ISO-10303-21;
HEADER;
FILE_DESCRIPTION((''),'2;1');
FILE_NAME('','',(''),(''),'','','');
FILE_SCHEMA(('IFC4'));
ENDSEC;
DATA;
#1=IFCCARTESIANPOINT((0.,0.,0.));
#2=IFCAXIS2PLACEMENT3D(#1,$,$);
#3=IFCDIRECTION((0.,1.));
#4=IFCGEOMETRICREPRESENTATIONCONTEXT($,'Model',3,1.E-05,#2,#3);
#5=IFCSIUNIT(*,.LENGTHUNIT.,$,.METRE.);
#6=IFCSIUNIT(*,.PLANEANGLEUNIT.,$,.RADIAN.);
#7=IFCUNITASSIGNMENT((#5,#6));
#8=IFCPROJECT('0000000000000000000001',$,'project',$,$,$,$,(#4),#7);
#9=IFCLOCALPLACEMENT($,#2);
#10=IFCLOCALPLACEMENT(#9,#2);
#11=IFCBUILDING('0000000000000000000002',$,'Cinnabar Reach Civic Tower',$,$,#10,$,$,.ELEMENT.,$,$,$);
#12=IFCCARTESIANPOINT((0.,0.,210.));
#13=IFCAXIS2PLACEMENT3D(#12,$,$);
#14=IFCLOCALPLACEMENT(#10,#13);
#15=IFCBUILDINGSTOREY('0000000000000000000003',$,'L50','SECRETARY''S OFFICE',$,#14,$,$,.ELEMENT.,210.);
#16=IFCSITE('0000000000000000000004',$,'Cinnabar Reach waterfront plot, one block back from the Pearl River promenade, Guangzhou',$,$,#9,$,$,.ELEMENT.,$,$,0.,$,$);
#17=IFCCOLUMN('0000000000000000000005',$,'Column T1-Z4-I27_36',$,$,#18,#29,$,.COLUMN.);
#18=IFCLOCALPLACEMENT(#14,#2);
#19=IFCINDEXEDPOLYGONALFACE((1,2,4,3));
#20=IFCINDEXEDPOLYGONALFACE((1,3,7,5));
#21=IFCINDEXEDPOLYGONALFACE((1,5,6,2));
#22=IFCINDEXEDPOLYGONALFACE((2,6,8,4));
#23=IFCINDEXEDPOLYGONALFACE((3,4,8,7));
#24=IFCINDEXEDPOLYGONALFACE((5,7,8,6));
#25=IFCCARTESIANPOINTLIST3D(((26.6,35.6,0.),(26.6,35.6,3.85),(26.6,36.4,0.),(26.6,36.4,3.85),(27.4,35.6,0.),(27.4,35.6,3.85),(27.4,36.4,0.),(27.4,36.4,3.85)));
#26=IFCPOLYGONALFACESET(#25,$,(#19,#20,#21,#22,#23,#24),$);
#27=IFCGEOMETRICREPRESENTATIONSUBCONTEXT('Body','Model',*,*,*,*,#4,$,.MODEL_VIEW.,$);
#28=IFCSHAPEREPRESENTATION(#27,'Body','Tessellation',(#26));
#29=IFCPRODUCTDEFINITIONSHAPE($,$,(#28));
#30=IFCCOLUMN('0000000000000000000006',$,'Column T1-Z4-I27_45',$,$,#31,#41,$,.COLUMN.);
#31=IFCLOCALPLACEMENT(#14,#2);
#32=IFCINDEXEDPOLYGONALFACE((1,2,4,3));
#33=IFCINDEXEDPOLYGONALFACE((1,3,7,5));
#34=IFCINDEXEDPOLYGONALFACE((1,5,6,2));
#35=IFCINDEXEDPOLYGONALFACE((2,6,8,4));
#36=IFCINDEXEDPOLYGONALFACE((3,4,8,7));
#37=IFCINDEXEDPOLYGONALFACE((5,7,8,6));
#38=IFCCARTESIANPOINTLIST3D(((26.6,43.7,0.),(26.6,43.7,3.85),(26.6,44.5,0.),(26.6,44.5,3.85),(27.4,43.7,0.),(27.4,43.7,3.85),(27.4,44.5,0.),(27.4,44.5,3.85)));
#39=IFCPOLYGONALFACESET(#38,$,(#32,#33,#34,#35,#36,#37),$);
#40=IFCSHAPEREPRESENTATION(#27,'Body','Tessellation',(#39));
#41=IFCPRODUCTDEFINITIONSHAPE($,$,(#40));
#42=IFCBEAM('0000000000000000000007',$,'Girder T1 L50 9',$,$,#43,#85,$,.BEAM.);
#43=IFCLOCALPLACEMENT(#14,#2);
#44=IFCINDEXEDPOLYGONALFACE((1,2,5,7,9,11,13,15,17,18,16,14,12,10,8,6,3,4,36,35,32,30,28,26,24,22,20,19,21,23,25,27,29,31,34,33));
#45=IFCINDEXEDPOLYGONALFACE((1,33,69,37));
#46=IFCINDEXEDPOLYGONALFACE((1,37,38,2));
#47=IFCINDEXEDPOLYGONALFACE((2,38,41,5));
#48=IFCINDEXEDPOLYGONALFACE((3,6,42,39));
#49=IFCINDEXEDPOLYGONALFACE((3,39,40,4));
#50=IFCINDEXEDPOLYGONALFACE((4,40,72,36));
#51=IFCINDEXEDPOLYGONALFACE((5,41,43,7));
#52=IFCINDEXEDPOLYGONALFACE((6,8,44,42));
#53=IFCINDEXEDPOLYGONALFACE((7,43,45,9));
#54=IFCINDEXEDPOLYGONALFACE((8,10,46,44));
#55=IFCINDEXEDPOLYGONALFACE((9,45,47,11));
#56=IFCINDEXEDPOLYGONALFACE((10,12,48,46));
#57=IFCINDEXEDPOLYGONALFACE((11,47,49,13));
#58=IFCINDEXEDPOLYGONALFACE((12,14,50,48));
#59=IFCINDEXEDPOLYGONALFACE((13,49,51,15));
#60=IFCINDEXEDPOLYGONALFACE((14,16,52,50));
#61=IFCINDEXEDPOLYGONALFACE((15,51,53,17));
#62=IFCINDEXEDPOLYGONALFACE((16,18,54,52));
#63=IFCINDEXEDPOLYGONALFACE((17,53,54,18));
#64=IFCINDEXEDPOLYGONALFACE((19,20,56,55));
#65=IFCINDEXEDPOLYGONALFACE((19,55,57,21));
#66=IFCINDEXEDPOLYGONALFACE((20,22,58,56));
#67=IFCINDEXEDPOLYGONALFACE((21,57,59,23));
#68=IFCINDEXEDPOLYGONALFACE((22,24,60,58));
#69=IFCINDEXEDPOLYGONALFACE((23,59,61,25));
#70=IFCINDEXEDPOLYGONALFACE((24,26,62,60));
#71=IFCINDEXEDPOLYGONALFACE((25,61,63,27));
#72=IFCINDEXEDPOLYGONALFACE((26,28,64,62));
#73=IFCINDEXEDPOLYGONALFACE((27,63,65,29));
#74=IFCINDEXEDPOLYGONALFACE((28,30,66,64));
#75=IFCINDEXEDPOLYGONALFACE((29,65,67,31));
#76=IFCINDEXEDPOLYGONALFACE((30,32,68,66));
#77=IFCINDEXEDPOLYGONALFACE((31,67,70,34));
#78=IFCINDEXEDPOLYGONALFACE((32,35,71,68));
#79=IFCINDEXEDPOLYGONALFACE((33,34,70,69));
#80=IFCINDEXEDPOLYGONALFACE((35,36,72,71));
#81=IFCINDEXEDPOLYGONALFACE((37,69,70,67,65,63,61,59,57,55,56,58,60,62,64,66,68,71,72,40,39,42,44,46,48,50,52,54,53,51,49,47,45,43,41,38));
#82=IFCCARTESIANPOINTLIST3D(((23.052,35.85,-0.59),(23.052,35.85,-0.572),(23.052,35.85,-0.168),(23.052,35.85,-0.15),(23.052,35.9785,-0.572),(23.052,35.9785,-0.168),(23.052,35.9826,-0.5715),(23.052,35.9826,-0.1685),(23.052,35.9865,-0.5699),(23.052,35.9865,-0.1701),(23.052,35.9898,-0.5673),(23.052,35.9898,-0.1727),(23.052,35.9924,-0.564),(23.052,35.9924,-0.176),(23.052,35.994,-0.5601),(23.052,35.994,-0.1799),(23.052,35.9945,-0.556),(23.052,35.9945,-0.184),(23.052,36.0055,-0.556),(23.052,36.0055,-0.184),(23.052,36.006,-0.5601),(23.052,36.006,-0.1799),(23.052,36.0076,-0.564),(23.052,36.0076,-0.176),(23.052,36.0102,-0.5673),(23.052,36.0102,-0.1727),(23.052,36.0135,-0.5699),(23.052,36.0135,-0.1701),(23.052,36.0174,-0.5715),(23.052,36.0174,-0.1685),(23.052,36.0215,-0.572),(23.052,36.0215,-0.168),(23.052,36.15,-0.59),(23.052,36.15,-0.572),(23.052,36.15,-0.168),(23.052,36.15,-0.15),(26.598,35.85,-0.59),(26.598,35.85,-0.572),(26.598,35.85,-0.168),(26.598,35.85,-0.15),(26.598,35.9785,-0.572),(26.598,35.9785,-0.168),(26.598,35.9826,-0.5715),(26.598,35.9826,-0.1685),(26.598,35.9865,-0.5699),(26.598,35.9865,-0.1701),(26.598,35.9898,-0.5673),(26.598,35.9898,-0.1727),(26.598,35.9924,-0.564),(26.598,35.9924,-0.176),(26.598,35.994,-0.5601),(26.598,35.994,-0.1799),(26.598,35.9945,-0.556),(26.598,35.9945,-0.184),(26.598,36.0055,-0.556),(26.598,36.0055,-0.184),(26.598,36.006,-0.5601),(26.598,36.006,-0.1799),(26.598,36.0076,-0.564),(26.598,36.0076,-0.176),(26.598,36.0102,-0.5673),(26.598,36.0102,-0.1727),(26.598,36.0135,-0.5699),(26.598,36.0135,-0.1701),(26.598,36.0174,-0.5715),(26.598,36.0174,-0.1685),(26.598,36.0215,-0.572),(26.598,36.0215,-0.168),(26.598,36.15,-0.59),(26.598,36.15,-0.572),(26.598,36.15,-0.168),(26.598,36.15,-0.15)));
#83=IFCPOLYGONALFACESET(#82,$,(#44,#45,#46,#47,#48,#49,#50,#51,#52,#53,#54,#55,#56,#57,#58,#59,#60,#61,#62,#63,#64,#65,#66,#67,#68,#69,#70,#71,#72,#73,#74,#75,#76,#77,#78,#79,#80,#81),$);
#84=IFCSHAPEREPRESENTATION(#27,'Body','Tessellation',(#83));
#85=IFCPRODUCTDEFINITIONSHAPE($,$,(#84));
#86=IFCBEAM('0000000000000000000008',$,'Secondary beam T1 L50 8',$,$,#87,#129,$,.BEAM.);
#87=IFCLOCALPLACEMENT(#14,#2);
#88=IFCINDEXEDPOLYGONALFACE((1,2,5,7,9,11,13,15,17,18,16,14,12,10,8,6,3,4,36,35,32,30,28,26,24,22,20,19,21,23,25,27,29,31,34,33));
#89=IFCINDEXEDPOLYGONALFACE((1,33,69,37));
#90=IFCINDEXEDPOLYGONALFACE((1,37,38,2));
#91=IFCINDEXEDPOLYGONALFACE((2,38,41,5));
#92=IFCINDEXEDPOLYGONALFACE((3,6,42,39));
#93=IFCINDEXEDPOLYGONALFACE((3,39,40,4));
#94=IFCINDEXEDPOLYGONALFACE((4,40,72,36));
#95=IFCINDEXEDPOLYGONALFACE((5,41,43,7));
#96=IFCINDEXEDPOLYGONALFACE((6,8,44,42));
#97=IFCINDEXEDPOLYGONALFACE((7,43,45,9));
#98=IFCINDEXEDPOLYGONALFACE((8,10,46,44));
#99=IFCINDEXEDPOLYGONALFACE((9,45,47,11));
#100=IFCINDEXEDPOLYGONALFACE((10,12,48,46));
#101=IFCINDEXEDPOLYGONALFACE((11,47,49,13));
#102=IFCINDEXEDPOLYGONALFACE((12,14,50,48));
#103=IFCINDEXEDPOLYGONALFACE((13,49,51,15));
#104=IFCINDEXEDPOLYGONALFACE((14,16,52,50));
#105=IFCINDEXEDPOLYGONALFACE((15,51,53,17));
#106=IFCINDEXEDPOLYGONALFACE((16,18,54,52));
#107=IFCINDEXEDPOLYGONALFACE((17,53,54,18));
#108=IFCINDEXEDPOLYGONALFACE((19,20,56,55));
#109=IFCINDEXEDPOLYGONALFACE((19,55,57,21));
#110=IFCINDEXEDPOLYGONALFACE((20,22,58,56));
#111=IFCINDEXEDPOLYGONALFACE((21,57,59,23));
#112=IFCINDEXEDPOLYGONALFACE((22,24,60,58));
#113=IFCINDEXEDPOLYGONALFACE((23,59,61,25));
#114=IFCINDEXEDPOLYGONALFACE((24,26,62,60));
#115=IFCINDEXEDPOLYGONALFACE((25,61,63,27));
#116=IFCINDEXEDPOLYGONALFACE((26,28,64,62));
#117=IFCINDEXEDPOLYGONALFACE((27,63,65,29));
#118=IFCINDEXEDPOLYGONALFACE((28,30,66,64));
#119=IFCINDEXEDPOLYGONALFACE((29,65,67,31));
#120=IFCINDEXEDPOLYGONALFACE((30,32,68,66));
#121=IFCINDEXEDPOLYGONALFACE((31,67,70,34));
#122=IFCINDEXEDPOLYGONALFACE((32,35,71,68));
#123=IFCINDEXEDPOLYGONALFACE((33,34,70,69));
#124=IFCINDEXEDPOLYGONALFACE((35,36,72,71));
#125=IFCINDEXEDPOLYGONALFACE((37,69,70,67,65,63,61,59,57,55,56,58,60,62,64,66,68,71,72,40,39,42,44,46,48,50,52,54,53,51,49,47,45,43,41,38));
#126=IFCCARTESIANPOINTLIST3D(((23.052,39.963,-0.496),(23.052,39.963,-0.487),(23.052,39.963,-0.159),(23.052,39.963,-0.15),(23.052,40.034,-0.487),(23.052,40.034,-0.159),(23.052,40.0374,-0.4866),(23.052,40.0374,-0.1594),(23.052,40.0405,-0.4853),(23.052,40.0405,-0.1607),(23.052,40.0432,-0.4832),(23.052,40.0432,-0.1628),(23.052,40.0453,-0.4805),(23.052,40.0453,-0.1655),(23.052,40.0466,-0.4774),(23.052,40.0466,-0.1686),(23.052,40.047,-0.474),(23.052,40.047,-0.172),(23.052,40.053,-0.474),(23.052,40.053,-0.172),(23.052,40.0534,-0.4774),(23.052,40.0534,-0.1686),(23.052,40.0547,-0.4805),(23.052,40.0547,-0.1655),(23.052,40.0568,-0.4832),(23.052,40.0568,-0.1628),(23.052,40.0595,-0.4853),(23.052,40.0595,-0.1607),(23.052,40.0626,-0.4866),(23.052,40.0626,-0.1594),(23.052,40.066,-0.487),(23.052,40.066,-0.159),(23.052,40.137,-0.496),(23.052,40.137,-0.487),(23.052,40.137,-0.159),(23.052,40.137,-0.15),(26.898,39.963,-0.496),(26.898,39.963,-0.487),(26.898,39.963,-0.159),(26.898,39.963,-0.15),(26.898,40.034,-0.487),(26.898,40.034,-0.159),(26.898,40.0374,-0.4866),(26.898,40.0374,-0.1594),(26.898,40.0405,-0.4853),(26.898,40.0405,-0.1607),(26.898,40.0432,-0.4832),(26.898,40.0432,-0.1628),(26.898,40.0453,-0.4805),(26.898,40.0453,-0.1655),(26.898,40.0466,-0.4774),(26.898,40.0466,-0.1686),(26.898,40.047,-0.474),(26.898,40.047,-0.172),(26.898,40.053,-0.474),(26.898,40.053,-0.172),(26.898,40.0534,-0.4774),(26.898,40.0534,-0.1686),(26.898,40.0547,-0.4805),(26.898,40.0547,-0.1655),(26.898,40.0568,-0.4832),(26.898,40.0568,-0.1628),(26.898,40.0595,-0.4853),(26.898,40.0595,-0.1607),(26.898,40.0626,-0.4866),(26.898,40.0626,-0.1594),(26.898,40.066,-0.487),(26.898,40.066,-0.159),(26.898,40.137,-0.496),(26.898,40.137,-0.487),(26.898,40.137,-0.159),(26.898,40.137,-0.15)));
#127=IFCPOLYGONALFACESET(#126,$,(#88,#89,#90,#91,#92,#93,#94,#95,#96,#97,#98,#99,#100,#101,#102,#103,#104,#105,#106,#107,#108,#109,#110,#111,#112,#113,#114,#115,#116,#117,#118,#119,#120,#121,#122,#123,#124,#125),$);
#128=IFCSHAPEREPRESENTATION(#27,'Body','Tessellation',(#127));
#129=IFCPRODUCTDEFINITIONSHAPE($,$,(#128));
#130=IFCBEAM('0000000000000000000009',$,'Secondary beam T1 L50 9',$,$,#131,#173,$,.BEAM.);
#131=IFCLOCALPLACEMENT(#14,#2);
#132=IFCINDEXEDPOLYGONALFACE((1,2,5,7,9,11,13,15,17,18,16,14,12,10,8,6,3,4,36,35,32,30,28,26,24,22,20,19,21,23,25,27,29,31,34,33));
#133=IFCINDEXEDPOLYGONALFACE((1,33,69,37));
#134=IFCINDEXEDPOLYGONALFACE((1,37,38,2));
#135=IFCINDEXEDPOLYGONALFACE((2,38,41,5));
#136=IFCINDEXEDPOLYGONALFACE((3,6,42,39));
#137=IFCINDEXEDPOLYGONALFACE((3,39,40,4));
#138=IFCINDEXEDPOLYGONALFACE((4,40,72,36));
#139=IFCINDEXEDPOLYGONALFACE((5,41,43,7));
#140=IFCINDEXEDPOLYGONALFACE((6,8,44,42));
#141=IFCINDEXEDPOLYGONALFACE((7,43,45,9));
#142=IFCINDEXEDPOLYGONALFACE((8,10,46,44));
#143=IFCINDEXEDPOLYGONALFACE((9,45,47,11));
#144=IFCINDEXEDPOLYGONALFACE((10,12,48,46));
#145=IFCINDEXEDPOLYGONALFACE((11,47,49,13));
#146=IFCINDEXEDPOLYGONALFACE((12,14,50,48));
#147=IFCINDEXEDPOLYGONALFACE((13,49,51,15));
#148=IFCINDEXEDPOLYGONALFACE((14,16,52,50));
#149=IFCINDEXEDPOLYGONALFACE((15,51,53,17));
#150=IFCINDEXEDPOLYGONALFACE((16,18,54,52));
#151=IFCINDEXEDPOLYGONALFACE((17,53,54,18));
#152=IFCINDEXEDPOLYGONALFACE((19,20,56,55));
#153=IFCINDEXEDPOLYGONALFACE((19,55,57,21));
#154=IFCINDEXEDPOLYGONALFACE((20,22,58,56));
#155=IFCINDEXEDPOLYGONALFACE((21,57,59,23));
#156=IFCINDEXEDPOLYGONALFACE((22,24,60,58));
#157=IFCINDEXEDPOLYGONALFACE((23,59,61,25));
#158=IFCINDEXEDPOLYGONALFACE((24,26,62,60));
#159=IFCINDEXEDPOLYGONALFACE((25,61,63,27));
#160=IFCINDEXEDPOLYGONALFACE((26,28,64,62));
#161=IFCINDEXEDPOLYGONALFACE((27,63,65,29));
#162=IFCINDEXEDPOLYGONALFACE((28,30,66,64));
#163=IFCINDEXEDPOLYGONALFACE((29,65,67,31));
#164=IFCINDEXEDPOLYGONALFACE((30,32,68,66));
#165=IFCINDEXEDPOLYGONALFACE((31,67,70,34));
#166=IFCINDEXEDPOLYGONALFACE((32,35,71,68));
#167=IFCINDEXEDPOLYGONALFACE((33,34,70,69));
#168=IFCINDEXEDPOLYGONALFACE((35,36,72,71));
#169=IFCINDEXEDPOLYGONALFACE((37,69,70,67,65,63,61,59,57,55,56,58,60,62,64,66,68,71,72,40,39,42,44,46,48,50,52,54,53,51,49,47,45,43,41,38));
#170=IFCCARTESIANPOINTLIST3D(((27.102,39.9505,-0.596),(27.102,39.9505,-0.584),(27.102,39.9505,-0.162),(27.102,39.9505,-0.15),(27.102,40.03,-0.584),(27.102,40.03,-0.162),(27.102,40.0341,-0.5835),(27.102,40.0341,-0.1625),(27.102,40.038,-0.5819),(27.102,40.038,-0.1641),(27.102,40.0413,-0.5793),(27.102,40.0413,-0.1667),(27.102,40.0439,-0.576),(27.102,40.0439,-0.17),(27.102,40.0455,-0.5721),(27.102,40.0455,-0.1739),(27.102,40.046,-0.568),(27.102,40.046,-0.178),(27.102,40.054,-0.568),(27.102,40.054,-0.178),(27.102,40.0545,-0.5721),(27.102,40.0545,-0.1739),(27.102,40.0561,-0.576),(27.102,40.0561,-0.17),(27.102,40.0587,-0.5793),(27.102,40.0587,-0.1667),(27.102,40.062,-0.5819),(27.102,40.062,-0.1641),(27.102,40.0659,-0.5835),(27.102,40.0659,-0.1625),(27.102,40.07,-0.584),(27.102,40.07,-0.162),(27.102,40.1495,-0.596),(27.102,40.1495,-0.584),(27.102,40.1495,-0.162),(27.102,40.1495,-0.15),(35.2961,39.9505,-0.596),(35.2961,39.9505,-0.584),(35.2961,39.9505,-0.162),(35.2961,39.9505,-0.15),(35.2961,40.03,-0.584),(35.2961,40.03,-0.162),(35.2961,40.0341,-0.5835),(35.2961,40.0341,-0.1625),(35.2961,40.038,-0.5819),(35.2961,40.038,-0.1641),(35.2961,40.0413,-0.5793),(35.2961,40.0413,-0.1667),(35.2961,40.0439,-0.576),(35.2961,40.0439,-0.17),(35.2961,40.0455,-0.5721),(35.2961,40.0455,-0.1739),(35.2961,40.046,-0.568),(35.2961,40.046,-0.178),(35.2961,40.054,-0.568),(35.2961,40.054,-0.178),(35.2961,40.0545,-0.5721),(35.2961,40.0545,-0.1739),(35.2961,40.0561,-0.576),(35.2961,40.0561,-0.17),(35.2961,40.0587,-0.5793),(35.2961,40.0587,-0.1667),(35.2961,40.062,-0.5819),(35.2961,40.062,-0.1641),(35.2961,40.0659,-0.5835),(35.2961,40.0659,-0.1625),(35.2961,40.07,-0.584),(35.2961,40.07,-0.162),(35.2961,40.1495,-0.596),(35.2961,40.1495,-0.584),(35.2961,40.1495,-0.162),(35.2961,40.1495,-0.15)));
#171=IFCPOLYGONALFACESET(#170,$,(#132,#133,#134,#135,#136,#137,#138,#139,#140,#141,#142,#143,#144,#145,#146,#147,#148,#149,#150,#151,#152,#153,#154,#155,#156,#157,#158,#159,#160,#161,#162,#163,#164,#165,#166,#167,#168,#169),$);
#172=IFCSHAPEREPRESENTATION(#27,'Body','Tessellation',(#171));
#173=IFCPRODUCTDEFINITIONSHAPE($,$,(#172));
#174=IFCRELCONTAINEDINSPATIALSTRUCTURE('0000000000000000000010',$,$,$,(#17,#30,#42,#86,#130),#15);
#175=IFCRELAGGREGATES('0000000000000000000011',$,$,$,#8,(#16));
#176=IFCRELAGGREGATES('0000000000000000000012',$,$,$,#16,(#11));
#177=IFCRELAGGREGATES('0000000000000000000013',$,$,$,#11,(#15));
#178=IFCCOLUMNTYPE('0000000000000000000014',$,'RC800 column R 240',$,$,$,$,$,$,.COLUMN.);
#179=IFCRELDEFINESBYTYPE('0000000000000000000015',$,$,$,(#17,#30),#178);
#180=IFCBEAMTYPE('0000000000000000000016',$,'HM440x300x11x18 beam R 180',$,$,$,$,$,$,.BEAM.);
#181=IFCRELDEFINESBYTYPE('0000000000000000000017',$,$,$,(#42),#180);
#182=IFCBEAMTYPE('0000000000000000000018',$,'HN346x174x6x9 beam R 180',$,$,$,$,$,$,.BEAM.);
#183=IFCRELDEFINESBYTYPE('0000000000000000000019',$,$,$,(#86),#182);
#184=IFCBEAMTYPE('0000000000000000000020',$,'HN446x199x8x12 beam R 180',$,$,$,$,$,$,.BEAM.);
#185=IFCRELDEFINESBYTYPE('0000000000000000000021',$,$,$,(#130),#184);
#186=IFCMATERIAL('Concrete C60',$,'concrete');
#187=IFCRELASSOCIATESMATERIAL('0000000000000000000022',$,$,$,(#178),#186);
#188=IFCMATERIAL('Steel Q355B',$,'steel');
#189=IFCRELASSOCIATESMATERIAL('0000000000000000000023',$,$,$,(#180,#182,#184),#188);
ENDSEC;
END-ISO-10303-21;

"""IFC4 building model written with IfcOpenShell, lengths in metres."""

from ifc_helpers import new_model, si_unit, direction, frame, origin, origin_2d, place, context, subcontext, project, spatial, rectangle, i_section, extrude, material, material_profile, profile_set, type_object, element, save


model = new_model("IFC4")

# Units and contexts
model_context = context("Model", 3, precision=1e-05, world=origin(), true_north=direction((0.0, 1.0)))
body_context = subcontext(model_context, "Body", "Model", "MODEL_VIEW")
ifc_project = project(units=[si_unit("LENGTHUNIT", "METRE"), si_unit("PLANEANGLEUNIT", "RADIAN")], contexts=[model_context])

# Site, building, storey
site_placement = place(None, origin())
site = spatial("IfcSite", under=ifc_project, at=site_placement, Name="Cinnabar Reach waterfront plot, one block back from the Pearl River promenade, Guangzhou", CompositionType="ELEMENT", RefElevation=0.0)
building_placement = place(site_placement, origin())
building = spatial("IfcBuilding", under=site, at=building_placement, Name="Cinnabar Reach Civic Tower", CompositionType="ELEMENT")
storey_placement = place(building_placement, frame((0.0, 0.0, 210.0)))
storey = spatial("IfcBuildingStorey", under=building, at=storey_placement, Name="L50", Description="SECRETARY'S OFFICE", CompositionType="ELEMENT", Elevation=210.0)

# Columns
ifc_material_1 = material(Name="Concrete C60", Category="concrete")
ifc_material_profile_1 = material_profile(ifc_material_1, rectangle(XDim=0.8, YDim=0.8, at=origin_2d()), Name="RC800")
ifc_profile_set_1 = profile_set([ifc_material_profile_1], Name="Concrete C60")
column_type = type_object("IfcColumnType", Name="RC800 column R 240", PredefinedType="COLUMN", material=ifc_profile_set_1)
for number, where, z_axis, x_axis, name in (
    (1, (27.0, 36.0, 0.0), (0.0, 0.0, 1.0), (1.0, 0.0, 0.0), "Column T1-Z4-I27_36"),
    (2, (27.0, 44.1, 0.0), (0.0, 0.0, 1.0), (1.0, 0.0, 0.0), "Column T1-Z4-I27_45"),
):
    element("IfcColumn", number, at=place(storey_placement, frame(where, z_axis=z_axis, x_axis=x_axis)), inside=storey, type_object=column_type, Name=name, PredefinedType="COLUMN", context=body_context, shape_type="SweptSolid", body=[
        extrude(rectangle(XDim=0.8, YDim=0.8, at=origin_2d()), origin(), (0.0, 0.0, 1.0), 3.85),
    ])

# Beams
ifc_material_2 = material(Name="Steel Q355B", Category="steel")
ifc_material_profile_2 = material_profile(ifc_material_2, i_section(OverallWidth=0.3, OverallDepth=0.44, WebThickness=0.011, FlangeThickness=0.018, FilletRadius=0.016, at=origin_2d()), Name="HM440x300x11x18")
ifc_profile_set_2 = profile_set([ifc_material_profile_2], Name="Steel Q355B")
beam_type_1 = type_object("IfcBeamType", Name="HM440x300x11x18 beam R 180", PredefinedType="BEAM", material=ifc_profile_set_2)
beam_1_placement = place(storey_placement, frame((23.052, 36.0, -0.37), z_axis=(1.0, 0.0, 0.0), x_axis=(0.0, 1.0, 0.0)))
element("IfcBeam", 3, at=beam_1_placement, inside=storey, type_object=beam_type_1, Name="Girder T1 L50 9", PredefinedType="BEAM", context=body_context, shape_type="SweptSolid", body=[
    extrude(i_section(OverallWidth=0.3, OverallDepth=0.44, WebThickness=0.011, FlangeThickness=0.018, FilletRadius=0.016, at=origin_2d()), origin(), (0.0, 0.0, 1.0), 3.546),
])
ifc_material_profile_3 = material_profile(ifc_material_2, i_section(OverallWidth=0.174, OverallDepth=0.346, WebThickness=0.006, FlangeThickness=0.009, FilletRadius=0.013, at=origin_2d()), Name="HN346x174x6x9")
ifc_profile_set_3 = profile_set([ifc_material_profile_3], Name="Steel Q355B")
beam_type_2 = type_object("IfcBeamType", Name="HN346x174x6x9 beam R 180", PredefinedType="BEAM", material=ifc_profile_set_3)
beam_2_placement = place(storey_placement, frame((23.052, 40.05, -0.323), z_axis=(1.0, 0.0, 0.0), x_axis=(0.0, 1.0, 0.0)))
element("IfcBeam", 4, at=beam_2_placement, inside=storey, type_object=beam_type_2, Name="Secondary beam T1 L50 8", PredefinedType="BEAM", context=body_context, shape_type="SweptSolid", body=[
    extrude(i_section(OverallWidth=0.174, OverallDepth=0.346, WebThickness=0.006, FlangeThickness=0.009, FilletRadius=0.013, at=origin_2d()), origin(), (0.0, 0.0, 1.0), 3.846),
])
ifc_material_profile_4 = material_profile(ifc_material_2, i_section(OverallWidth=0.199, OverallDepth=0.446, WebThickness=0.008, FlangeThickness=0.012, FilletRadius=0.016, at=origin_2d()), Name="HN446x199x8x12")
ifc_profile_set_4 = profile_set([ifc_material_profile_4], Name="Steel Q355B")
beam_type_3 = type_object("IfcBeamType", Name="HN446x199x8x12 beam R 180", PredefinedType="BEAM", material=ifc_profile_set_4)
beam_3_placement = place(storey_placement, frame((27.102, 40.05, -0.373), z_axis=(1.0, 0.0, 0.0), x_axis=(0.0, 1.0, 0.0)))
element("IfcBeam", 5, at=beam_3_placement, inside=storey, type_object=beam_type_3, Name="Secondary beam T1 L50 9", PredefinedType="BEAM", context=body_context, shape_type="SweptSolid", body=[
    extrude(i_section(OverallWidth=0.199, OverallDepth=0.446, WebThickness=0.008, FlangeThickness=0.012, FilletRadius=0.016, at=origin_2d()), origin(), (0.0, 0.0, 1.0), 8.1941),
])

save(model, "model.ifc")
